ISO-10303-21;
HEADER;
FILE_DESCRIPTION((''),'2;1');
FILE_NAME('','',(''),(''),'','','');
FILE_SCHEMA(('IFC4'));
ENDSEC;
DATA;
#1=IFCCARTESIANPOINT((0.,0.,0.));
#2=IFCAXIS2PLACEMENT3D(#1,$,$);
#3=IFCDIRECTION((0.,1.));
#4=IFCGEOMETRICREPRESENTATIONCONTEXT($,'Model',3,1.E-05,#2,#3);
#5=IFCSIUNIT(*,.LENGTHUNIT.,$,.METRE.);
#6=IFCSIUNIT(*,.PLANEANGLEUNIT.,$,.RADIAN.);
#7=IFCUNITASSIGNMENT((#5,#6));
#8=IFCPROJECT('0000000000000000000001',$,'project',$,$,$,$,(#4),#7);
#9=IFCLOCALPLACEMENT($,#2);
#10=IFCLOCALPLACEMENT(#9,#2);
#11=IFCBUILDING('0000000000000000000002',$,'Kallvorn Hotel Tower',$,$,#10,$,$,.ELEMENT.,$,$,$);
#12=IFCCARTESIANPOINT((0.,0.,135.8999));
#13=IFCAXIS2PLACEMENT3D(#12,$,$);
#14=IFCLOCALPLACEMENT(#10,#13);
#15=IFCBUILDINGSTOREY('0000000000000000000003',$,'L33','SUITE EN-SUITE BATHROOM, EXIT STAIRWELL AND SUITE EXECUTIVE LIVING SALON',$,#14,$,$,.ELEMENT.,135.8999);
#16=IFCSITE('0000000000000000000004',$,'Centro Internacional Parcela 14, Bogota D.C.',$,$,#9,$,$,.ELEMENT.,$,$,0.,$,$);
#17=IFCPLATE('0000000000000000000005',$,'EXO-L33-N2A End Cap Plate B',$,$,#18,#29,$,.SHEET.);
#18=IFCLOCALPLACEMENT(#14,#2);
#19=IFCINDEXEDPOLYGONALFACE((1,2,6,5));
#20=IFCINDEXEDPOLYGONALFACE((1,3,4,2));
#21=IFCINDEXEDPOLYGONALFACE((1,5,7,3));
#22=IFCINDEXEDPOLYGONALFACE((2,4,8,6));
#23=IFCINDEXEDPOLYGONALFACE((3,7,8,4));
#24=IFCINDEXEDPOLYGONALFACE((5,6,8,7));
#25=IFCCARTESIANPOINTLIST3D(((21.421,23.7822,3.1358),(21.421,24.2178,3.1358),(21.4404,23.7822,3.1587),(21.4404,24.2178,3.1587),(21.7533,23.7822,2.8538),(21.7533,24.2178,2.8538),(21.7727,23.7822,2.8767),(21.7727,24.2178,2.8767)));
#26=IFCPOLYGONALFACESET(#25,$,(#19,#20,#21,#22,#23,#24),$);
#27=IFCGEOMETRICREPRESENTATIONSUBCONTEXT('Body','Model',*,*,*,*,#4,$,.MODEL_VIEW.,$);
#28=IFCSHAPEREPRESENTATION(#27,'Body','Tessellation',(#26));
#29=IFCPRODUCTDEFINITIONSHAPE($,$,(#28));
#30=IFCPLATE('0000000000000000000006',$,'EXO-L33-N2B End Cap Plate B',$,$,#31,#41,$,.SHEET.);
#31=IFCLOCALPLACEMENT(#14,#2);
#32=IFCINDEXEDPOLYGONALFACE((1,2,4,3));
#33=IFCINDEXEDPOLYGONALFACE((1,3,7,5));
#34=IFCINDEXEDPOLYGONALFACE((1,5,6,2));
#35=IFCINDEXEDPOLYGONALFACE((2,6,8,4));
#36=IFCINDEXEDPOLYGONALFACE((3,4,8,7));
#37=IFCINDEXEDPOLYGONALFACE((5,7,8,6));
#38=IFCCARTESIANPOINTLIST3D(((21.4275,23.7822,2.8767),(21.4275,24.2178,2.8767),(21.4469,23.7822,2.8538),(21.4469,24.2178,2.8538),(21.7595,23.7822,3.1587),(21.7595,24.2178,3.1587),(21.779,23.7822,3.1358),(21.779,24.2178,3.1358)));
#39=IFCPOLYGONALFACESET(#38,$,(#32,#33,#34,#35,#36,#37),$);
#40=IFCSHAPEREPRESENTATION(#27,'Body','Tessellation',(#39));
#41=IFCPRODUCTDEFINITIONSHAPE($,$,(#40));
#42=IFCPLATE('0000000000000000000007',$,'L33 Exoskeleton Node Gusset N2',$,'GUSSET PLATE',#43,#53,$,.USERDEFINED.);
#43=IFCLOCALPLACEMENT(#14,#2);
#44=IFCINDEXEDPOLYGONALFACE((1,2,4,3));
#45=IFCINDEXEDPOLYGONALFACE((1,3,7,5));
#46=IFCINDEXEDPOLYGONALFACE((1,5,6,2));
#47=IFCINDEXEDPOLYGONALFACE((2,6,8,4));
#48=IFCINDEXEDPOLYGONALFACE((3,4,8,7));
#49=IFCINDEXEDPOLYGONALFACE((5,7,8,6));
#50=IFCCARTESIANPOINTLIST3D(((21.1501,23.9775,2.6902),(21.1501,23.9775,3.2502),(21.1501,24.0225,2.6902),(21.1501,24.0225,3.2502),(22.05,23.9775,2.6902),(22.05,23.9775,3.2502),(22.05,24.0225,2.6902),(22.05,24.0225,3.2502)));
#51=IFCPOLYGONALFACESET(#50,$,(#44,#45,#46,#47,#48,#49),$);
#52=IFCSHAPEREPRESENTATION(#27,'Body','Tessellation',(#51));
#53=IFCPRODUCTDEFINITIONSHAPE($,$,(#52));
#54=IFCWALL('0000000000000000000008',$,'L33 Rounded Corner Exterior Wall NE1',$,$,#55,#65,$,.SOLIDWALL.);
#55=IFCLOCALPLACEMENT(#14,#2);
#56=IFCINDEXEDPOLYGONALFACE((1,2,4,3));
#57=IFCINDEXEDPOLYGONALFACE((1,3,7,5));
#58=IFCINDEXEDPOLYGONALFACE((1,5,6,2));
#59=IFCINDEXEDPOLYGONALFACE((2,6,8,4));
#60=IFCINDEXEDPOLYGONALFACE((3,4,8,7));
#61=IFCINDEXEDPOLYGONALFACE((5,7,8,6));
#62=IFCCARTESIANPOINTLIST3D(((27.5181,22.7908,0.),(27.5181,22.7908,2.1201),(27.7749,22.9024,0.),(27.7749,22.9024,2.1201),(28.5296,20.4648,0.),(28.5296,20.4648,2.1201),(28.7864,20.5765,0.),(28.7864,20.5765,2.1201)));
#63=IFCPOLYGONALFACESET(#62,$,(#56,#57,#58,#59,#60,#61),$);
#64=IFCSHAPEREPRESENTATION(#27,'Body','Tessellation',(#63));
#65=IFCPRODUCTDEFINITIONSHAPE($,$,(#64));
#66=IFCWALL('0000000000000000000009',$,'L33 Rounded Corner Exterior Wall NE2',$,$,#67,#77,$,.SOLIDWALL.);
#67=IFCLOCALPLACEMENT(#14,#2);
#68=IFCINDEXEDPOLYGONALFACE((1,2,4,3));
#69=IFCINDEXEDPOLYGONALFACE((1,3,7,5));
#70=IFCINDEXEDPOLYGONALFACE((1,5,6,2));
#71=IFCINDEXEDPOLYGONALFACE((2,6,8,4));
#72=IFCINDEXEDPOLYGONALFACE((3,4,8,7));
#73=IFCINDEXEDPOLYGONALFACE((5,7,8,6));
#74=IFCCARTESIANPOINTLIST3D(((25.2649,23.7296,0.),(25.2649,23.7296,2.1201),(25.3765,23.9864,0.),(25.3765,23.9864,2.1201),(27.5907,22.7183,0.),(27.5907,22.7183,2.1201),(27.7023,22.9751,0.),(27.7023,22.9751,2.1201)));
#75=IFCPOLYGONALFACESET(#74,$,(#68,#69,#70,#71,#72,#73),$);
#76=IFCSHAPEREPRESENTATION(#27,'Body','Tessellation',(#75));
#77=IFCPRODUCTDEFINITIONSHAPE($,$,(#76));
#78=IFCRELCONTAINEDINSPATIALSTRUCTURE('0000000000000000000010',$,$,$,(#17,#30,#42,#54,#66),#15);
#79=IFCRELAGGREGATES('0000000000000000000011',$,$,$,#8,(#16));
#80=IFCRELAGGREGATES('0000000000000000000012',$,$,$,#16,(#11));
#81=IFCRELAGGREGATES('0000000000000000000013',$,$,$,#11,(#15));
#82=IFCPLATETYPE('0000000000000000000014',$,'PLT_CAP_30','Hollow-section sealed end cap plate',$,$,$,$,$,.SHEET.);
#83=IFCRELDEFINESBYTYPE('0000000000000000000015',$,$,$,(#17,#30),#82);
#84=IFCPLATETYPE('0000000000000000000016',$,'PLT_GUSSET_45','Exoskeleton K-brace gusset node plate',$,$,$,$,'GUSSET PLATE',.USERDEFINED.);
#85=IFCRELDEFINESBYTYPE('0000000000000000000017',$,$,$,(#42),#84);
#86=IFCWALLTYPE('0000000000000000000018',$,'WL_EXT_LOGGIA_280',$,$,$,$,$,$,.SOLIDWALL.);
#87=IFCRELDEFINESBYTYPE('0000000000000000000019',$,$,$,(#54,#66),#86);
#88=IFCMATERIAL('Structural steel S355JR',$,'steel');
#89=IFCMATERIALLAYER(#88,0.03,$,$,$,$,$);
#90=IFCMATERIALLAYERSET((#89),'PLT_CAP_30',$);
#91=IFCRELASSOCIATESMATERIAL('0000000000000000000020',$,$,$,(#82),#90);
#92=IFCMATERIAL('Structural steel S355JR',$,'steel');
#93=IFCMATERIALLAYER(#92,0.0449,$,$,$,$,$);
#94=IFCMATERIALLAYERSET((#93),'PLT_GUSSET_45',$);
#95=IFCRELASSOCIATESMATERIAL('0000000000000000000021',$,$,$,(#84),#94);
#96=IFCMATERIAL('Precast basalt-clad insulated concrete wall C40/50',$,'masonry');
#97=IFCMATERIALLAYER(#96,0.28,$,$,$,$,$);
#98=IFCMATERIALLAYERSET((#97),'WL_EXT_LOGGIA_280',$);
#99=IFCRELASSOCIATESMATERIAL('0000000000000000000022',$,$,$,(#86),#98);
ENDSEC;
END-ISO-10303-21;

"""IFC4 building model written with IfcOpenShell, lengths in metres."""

from ifc_helpers import new_model, si_unit, direction, frame, frame_2d, origin, origin_2d, place, context, subcontext, project, spatial, polyline, rectangle, outline, extrude, material, layer, layer_set, type_object, element, save


model = new_model("IFC4")

# Units and contexts
model_context = context("Model", 3, precision=1e-05, world=origin(), true_north=direction((0.0, 1.0)))
body_context = subcontext(model_context, "Body", "Model", "MODEL_VIEW")
ifc_project = project(units=[si_unit("LENGTHUNIT", "METRE"), si_unit("PLANEANGLEUNIT", "RADIAN")], contexts=[model_context])

# Site, building, storey
site_placement = place(None, origin())
site = spatial("IfcSite", under=ifc_project, at=site_placement, Name="Centro Internacional Parcela 14, Bogota D.C.", CompositionType="ELEMENT", RefElevation=0.0)
building_placement = place(site_placement, origin())
building = spatial("IfcBuilding", under=site, at=building_placement, Name="Kallvorn Hotel Tower", CompositionType="ELEMENT")
storey_placement = place(building_placement, frame((0.0, 0.0, 135.8999)))
storey = spatial("IfcBuildingStorey", under=building, at=storey_placement, Name="L33", Description="SUITE EN-SUITE BATHROOM, EXIT STAIRWELL AND SUITE EXECUTIVE LIVING SALON", CompositionType="ELEMENT", Elevation=135.8999)

# Plates
ifc_material_1 = material(Name="Structural steel S355JR", Category="steel")
ifc_layer_1 = layer(ifc_material_1, 0.03)
ifc_layer_set_1 = layer_set([ifc_layer_1], Name="PLT_CAP_30")
plate_type_1 = type_object("IfcPlateType", Name="PLT_CAP_30", Description="Hollow-section sealed end cap plate", PredefinedType="SHEET", material=ifc_layer_set_1)
plate_1_placement = place(storey_placement, frame((21.7727, 23.7822, 2.8767), z_axis=(0.647047, 0.0, 0.762451), x_axis=(0.0, 1.0, 0.0)))
element("IfcPlate", 1, at=plate_1_placement, inside=storey, type_object=plate_type_1, Name="EXO-L33-N2A End Cap Plate B", PredefinedType="SHEET", context=body_context, shape_type="SweptSolid", body=[
    extrude(outline(polyline([(0.0, 0.0), (0.4355, 0.0), (0.4355, 0.4358), (0.0, 0.4358), (0.0, 0.0)])), origin(), (0.0, 0.0, -1.0), 0.03),
])
plate_2_placement = place(storey_placement, frame((21.4275, 24.2178, 2.8767), z_axis=(-0.647323, 0.0, 0.762216), x_axis=(0.0, -1.0, 0.0)))
element("IfcPlate", 2, at=plate_2_placement, inside=storey, type_object=plate_type_1, Name="EXO-L33-N2B End Cap Plate B", PredefinedType="SHEET", context=body_context, shape_type="SweptSolid", body=[
    extrude(outline(polyline([(0.0, 0.0), (0.4355, 0.0), (0.4355, 0.4356), (0.0, 0.4356), (0.0, 0.0)])), origin(), (0.0, 0.0, -1.0), 0.03),
])
ifc_material_2 = material(Name="Structural steel S355JR", Category="steel")
ifc_layer_2 = layer(ifc_material_2, 0.0449)
ifc_layer_set_2 = layer_set([ifc_layer_2], Name="PLT_GUSSET_45")
plate_type_2 = type_object("IfcPlateType", Name="PLT_GUSSET_45", Description="Exoskeleton K-brace gusset node plate", ElementType="GUSSET PLATE", PredefinedType="USERDEFINED", material=ifc_layer_set_2)
plate_3_placement = place(storey_placement, frame((21.6001, 24.0, 2.6902), z_axis=(0.0, 0.0, 1.0), x_axis=(1.0, 0.0, 0.0)))
element("IfcPlate", 3, at=plate_3_placement, inside=storey, type_object=plate_type_2, Name="L33 Exoskeleton Node Gusset N2", ObjectType="GUSSET PLATE", PredefinedType="USERDEFINED", context=body_context, shape_type="SweptSolid", body=[
    extrude(rectangle(XDim=0.8999, YDim=0.0449, at=origin_2d()), origin(), (0.0, 0.0, 1.0), 0.5601),
])

# Walls
ifc_material_3 = material(Name="Precast basalt-clad insulated concrete wall C40/50", Category="masonry")
ifc_layer_3 = layer(ifc_material_3, 0.28)
ifc_layer_set_3 = layer_set([ifc_layer_3], Name="WL_EXT_LOGGIA_280")
wall_type = type_object("IfcWallType", Name="WL_EXT_LOGGIA_280", PredefinedType="SOLIDWALL", material=ifc_layer_set_3)
wall_1_placement = place(storey_placement, frame((28.658, 20.5208, 0.0), z_axis=(0.0, 0.0, 1.0), x_axis=(-0.398793, 0.917041, 0.0)))
element("IfcWall", 4, at=wall_1_placement, inside=storey, type_object=wall_type, Name="L33 Rounded Corner Exterior Wall NE1", PredefinedType="SOLIDWALL", context=body_context, shape_type="SweptSolid", body=[
    extrude(rectangle(XDim=2.5364, YDim=0.28, at=frame_2d((1.2681, 0.0))), origin(), (0.0, 0.0, 1.0), 2.1201),
])
wall_2_placement = place(storey_placement, frame((27.6465, 22.8467, 0.0), z_axis=(0.0, 0.0, 1.0), x_axis=(-0.917061, 0.398747, 0.0)))
element("IfcWall", 5, at=wall_2_placement, inside=storey, type_object=wall_type, Name="L33 Rounded Corner Exterior Wall NE2", PredefinedType="SOLIDWALL", context=body_context, shape_type="SweptSolid", body=[
    extrude(rectangle(XDim=2.5361, YDim=0.28, at=frame_2d((1.2681, 0.0))), origin(), (0.0, 0.0, 1.0), 2.1201),
])

save(model, "model.ifc")
